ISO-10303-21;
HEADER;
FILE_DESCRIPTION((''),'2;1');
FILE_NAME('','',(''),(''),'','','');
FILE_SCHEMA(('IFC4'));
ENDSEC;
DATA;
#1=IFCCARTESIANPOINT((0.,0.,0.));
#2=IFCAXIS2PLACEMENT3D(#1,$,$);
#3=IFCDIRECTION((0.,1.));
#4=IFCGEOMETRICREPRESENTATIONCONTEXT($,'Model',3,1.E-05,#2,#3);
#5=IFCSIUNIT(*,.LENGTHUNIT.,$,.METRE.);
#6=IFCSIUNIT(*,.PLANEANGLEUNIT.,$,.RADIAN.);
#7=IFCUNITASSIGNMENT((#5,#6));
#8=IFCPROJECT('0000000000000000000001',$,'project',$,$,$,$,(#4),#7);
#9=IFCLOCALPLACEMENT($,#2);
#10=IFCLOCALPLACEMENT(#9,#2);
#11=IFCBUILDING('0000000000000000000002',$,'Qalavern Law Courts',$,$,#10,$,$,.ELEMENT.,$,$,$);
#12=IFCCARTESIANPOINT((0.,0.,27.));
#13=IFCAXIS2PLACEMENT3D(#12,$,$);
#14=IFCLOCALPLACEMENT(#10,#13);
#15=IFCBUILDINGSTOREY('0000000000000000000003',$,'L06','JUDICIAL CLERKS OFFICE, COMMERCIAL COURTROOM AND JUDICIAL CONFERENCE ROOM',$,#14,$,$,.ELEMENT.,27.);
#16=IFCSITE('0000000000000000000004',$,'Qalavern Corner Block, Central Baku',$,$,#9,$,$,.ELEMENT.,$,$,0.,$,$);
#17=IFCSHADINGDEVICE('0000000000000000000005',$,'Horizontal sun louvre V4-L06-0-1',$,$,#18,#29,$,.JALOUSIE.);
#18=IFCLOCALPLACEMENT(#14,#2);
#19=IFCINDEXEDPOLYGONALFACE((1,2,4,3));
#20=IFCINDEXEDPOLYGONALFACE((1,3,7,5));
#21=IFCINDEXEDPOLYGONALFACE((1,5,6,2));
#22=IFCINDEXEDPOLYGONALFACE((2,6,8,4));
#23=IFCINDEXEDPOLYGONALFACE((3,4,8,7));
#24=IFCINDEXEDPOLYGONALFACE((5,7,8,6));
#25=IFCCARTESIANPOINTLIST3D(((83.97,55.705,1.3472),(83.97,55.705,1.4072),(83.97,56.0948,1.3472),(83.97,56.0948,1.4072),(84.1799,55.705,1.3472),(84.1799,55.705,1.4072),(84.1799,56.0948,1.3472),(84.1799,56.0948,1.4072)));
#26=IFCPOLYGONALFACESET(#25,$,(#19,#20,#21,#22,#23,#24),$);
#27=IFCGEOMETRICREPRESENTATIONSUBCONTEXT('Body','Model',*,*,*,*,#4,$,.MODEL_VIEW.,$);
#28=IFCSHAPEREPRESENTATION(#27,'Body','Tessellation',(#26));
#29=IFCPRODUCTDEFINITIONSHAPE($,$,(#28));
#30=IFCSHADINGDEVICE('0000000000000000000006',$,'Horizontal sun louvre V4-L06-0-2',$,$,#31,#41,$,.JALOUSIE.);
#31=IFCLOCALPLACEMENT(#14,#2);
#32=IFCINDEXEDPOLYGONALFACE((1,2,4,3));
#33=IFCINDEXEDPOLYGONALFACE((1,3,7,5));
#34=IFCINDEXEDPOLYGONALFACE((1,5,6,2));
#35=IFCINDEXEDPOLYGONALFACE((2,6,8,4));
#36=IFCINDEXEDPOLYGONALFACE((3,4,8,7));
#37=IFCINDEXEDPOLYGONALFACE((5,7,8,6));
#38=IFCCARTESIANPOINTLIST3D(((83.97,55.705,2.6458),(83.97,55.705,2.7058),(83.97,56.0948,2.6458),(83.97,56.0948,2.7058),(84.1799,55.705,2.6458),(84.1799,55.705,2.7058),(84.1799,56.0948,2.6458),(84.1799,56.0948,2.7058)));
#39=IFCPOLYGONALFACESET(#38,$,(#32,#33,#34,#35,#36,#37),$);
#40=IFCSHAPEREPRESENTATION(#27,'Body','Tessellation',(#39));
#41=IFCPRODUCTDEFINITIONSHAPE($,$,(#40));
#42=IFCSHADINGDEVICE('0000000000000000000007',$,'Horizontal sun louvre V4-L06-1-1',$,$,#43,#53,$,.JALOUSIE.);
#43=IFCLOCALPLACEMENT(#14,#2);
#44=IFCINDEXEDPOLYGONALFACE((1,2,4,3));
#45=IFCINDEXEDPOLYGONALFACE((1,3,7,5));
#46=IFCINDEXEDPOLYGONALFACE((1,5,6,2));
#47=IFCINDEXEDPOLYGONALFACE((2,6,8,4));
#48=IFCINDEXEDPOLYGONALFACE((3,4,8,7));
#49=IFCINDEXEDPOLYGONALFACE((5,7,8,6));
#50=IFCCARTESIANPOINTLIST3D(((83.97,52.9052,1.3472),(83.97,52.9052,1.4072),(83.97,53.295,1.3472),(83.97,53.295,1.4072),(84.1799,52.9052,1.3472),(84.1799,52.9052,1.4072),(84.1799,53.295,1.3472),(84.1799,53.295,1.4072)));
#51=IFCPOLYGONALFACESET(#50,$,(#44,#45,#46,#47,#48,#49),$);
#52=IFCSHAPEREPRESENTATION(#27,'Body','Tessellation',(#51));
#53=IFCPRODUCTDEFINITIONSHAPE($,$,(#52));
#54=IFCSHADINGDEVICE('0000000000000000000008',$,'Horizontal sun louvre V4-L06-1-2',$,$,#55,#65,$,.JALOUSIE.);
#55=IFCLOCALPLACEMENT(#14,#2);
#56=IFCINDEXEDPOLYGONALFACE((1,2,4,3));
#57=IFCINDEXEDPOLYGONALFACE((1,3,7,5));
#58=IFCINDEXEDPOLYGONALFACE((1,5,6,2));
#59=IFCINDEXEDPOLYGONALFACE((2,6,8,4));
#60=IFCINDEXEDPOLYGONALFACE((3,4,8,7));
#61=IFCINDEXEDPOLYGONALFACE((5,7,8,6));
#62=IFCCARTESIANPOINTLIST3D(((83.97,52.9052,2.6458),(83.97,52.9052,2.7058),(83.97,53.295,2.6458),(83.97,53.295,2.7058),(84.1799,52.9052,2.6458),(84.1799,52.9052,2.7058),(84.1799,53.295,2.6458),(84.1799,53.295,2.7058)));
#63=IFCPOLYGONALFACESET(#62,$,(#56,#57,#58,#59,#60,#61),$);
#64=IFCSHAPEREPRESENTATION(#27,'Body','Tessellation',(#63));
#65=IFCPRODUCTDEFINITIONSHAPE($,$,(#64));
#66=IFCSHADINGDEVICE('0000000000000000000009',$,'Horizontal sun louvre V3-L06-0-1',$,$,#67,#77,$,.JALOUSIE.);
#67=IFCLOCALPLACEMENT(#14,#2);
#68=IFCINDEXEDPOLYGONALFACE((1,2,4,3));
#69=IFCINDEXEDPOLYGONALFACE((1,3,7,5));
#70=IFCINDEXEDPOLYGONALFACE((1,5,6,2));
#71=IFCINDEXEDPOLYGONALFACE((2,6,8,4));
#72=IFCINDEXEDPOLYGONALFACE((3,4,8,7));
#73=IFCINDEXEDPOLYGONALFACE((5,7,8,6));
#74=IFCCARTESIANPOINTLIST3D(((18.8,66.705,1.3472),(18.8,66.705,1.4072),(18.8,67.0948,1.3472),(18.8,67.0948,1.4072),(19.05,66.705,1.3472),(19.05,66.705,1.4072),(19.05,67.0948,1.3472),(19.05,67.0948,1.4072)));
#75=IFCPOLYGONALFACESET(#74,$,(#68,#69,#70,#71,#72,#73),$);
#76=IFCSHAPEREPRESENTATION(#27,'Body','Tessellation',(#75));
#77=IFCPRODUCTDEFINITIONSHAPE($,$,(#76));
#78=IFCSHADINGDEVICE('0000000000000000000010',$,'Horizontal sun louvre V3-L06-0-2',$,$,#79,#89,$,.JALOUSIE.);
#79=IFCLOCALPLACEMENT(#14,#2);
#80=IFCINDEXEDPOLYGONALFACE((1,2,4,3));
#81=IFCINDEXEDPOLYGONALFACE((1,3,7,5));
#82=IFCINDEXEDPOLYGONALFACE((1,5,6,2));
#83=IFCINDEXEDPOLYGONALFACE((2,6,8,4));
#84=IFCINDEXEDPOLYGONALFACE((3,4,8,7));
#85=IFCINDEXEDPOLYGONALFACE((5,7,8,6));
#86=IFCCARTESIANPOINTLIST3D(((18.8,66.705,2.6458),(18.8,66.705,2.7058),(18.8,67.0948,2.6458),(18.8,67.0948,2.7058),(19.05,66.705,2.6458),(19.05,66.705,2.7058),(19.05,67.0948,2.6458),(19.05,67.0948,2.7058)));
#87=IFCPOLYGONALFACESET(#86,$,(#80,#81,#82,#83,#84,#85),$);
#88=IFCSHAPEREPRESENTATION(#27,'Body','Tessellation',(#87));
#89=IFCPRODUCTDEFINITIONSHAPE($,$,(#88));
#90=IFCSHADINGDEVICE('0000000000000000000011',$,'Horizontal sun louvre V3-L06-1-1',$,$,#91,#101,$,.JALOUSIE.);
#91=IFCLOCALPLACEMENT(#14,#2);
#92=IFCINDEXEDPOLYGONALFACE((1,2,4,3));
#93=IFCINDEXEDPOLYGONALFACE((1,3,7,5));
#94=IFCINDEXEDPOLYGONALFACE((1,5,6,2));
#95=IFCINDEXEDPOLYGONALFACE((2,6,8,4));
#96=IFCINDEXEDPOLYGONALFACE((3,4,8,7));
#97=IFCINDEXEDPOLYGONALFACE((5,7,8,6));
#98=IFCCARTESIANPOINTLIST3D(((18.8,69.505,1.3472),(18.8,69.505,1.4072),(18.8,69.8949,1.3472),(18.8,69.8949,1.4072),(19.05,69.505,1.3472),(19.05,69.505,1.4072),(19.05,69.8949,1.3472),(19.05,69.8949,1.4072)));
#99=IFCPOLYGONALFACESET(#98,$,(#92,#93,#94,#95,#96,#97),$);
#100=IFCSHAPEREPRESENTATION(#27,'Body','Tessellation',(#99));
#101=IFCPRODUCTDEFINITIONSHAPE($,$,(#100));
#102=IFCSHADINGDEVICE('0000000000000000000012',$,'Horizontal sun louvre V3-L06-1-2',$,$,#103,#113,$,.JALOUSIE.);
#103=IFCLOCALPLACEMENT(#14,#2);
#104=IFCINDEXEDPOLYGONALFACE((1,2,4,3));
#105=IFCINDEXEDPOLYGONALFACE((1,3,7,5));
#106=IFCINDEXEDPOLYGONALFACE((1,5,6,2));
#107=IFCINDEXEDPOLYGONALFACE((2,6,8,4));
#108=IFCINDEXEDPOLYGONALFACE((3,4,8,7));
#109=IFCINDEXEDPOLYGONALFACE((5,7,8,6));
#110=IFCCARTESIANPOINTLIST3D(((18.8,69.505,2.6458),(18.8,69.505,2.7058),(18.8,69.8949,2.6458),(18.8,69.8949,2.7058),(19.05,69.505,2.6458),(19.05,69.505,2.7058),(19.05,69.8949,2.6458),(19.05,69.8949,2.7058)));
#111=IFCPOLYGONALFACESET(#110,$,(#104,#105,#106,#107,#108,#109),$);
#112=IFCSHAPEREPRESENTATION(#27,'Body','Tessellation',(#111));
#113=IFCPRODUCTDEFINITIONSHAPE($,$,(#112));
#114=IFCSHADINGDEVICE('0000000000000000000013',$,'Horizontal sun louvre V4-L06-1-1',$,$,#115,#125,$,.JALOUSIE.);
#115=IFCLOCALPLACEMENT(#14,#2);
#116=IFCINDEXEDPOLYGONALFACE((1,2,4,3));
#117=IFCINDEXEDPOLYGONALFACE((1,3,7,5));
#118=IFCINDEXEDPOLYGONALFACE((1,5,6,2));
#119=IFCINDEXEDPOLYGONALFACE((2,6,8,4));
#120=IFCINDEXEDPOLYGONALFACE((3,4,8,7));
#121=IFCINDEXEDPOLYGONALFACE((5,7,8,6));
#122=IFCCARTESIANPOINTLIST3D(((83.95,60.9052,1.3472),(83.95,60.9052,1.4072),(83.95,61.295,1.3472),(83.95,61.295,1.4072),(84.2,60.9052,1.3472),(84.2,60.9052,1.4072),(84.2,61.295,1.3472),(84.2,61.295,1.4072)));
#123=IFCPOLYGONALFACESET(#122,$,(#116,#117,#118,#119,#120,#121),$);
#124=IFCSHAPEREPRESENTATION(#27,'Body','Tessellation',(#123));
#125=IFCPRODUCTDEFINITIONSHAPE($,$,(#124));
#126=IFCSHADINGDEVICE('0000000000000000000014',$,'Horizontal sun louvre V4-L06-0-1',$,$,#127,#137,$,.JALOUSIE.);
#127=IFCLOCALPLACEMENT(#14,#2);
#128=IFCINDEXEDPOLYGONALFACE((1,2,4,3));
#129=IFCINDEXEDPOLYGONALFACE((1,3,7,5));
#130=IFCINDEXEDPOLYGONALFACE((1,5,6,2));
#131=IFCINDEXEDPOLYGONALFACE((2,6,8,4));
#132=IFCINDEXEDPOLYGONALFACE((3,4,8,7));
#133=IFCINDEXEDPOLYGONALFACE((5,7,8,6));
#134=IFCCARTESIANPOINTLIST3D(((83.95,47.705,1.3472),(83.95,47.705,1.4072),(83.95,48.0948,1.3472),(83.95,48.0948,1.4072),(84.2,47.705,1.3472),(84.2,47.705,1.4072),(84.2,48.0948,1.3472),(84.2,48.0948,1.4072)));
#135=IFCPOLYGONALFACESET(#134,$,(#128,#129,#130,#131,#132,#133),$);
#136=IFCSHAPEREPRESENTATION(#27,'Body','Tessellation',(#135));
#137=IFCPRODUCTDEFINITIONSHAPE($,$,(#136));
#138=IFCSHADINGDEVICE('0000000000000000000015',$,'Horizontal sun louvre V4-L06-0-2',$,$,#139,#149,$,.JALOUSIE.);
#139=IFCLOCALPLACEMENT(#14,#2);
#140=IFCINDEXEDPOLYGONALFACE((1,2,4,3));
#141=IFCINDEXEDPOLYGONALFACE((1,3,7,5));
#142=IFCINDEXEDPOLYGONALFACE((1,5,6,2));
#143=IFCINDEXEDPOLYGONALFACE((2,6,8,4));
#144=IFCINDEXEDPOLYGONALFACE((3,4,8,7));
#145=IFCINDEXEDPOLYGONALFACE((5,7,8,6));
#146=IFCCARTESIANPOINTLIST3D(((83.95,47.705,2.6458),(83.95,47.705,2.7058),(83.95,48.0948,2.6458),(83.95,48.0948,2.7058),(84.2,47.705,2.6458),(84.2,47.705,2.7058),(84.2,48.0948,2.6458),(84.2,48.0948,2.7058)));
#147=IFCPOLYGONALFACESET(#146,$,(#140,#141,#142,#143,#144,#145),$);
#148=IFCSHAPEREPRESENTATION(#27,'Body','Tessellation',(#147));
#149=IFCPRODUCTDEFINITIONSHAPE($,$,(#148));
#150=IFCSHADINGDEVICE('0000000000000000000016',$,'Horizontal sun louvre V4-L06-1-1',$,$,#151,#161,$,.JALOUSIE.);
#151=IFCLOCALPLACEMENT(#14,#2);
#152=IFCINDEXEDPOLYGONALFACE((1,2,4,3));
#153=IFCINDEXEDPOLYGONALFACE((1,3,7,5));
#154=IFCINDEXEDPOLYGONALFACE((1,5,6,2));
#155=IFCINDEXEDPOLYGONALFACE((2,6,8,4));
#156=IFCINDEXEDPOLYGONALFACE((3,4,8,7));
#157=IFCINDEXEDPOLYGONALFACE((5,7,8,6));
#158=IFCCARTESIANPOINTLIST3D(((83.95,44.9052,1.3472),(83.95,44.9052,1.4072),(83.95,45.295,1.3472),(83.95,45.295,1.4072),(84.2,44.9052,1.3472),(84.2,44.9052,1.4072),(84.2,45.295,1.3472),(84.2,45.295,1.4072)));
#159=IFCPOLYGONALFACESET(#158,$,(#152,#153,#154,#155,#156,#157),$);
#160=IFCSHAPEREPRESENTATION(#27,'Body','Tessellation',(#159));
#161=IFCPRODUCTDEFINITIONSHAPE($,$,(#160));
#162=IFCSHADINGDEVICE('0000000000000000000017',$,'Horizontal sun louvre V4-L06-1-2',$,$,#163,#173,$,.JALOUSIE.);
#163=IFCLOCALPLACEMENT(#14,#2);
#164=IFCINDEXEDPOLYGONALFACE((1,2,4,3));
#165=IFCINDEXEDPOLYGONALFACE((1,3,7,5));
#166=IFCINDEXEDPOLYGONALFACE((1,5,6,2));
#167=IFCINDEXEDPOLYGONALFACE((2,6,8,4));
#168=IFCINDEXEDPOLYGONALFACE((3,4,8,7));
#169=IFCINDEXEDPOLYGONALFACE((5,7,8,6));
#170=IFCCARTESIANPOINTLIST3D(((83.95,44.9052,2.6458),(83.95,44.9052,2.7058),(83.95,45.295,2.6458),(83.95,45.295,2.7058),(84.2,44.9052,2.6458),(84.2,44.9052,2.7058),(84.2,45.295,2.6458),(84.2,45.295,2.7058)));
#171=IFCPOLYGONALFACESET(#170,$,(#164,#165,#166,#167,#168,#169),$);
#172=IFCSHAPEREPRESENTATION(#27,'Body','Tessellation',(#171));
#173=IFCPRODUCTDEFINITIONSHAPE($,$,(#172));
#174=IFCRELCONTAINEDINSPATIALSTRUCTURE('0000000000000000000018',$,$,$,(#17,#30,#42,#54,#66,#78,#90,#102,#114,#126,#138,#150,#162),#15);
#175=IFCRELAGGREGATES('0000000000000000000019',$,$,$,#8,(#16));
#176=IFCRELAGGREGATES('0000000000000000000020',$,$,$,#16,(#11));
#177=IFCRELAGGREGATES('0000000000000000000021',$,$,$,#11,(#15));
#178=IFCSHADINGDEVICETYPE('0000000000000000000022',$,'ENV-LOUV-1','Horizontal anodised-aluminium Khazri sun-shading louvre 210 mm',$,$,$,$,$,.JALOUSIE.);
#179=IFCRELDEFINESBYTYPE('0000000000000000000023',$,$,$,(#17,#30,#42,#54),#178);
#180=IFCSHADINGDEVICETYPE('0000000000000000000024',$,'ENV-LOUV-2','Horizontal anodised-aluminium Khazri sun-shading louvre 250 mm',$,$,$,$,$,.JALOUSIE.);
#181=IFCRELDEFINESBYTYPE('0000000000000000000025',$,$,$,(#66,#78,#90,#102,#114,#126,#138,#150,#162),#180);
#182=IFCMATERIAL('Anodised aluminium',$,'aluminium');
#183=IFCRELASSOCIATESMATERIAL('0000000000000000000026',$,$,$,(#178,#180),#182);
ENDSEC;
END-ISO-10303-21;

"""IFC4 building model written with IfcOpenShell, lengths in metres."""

from ifc_helpers import new_model, si_unit, direction, frame, origin, origin_2d, place, context, subcontext, project, spatial, rectangle, extrude, material, type_object, element, save


model = new_model("IFC4")

# Units and contexts
model_context = context("Model", 3, precision=1e-05, world=origin(), true_north=direction((0.0, 1.0)))
body_context = subcontext(model_context, "Body", "Model", "MODEL_VIEW")
ifc_project = project(units=[si_unit("LENGTHUNIT", "METRE"), si_unit("PLANEANGLEUNIT", "RADIAN")], contexts=[model_context])

# Site, building, storey
site_placement = place(None, origin())
site = spatial("IfcSite", under=ifc_project, at=site_placement, Name="Qalavern Corner Block, Central Baku", CompositionType="ELEMENT", RefElevation=0.0)
building_placement = place(site_placement, origin())
building = spatial("IfcBuilding", under=site, at=building_placement, Name="Qalavern Law Courts", CompositionType="ELEMENT")
storey_placement = place(building_placement, frame((0.0, 0.0, 27.0)))
storey = spatial("IfcBuildingStorey", under=building, at=storey_placement, Name="L06", Description="JUDICIAL CLERKS OFFICE, COMMERCIAL COURTROOM AND JUDICIAL CONFERENCE ROOM", CompositionType="ELEMENT", Elevation=27.0)

# Shading devices
ifc_material_1 = material(Name="Anodised aluminium", Category="aluminium")
shading_device_type_1 = type_object("IfcShadingDeviceType", Name="ENV-LOUV-1", Description="Horizontal anodised-aluminium Khazri sun-shading louvre 210 mm", PredefinedType="JALOUSIE", material=ifc_material_1)
for number, where, z_axis, x_axis, name in (
    (1, (84.075, 55.8999, 1.3472), (0.0, 0.0, 1.0), (0.0, -1.0, 0.0), "Horizontal sun louvre V4-L06-0-1"),
    (2, (84.075, 55.8999, 2.6458), (0.0, 0.0, 1.0), (0.0, -1.0, 0.0), "Horizontal sun louvre V4-L06-0-2"),
    (3, (84.075, 53.1001, 1.3472), (0.0, 0.0, 1.0), (0.0, -1.0, 0.0), "Horizontal sun louvre V4-L06-1-1"),
    (4, (84.075, 53.1001, 2.6458), (0.0, 0.0, 1.0), (0.0, -1.0, 0.0), "Horizontal sun louvre V4-L06-1-2"),
):
    element("IfcShadingDevice", number, at=place(storey_placement, frame(where, z_axis=z_axis, x_axis=x_axis)), inside=storey, type_object=shading_device_type_1, Name=name, PredefinedType="JALOUSIE", context=body_context, shape_type="SweptSolid", body=[
        extrude(rectangle(XDim=0.3899, YDim=0.21, at=origin_2d()), origin(), (0.0, 0.0, 1.0), 0.0601),
    ])
shading_device_type_2 = type_object("IfcShadingDeviceType", Name="ENV-LOUV-2", Description="Horizontal anodised-aluminium Khazri sun-shading louvre 250 mm", PredefinedType="JALOUSIE", material=ifc_material_1)
for number, where, z_axis, x_axis, name in (
    (5, (18.925, 66.8999, 1.3472), (0.0, 0.0, 1.0), (0.0, 1.0, 0.0), "Horizontal sun louvre V3-L06-0-1"),
    (6, (18.925, 66.8999, 2.6458), (0.0, 0.0, 1.0), (0.0, 1.0, 0.0), "Horizontal sun louvre V3-L06-0-2"),
    (7, (18.925, 69.7, 1.3472), (0.0, 0.0, 1.0), (0.0, 1.0, 0.0), "Horizontal sun louvre V3-L06-1-1"),
    (8, (18.925, 69.7, 2.6458), (0.0, 0.0, 1.0), (0.0, 1.0, 0.0), "Horizontal sun louvre V3-L06-1-2"),
    (9, (84.075, 61.1001, 1.3472), (0.0, 0.0, 1.0), (0.0, -1.0, 0.0), "Horizontal sun louvre V4-L06-1-1"),
    (10, (84.075, 47.8999, 1.3472), (0.0, 0.0, 1.0), (0.0, -1.0, 0.0), "Horizontal sun louvre V4-L06-0-1"),
    (11, (84.075, 47.8999, 2.6458), (0.0, 0.0, 1.0), (0.0, -1.0, 0.0), "Horizontal sun louvre V4-L06-0-2"),
    (12, (84.075, 45.1001, 1.3472), (0.0, 0.0, 1.0), (0.0, -1.0, 0.0), "Horizontal sun louvre V4-L06-1-1"),
    (13, (84.075, 45.1001, 2.6458), (0.0, 0.0, 1.0), (0.0, -1.0, 0.0), "Horizontal sun louvre V4-L06-1-2"),
):
    element("IfcShadingDevice", number, at=place(storey_placement, frame(where, z_axis=z_axis, x_axis=x_axis)), inside=storey, type_object=shading_device_type_2, Name=name, PredefinedType="JALOUSIE", context=body_context, shape_type="SweptSolid", body=[
        extrude(rectangle(XDim=0.3899, YDim=0.25, at=origin_2d()), origin(), (0.0, 0.0, 1.0), 0.0601),
    ])

save(model, "model.ifc")
